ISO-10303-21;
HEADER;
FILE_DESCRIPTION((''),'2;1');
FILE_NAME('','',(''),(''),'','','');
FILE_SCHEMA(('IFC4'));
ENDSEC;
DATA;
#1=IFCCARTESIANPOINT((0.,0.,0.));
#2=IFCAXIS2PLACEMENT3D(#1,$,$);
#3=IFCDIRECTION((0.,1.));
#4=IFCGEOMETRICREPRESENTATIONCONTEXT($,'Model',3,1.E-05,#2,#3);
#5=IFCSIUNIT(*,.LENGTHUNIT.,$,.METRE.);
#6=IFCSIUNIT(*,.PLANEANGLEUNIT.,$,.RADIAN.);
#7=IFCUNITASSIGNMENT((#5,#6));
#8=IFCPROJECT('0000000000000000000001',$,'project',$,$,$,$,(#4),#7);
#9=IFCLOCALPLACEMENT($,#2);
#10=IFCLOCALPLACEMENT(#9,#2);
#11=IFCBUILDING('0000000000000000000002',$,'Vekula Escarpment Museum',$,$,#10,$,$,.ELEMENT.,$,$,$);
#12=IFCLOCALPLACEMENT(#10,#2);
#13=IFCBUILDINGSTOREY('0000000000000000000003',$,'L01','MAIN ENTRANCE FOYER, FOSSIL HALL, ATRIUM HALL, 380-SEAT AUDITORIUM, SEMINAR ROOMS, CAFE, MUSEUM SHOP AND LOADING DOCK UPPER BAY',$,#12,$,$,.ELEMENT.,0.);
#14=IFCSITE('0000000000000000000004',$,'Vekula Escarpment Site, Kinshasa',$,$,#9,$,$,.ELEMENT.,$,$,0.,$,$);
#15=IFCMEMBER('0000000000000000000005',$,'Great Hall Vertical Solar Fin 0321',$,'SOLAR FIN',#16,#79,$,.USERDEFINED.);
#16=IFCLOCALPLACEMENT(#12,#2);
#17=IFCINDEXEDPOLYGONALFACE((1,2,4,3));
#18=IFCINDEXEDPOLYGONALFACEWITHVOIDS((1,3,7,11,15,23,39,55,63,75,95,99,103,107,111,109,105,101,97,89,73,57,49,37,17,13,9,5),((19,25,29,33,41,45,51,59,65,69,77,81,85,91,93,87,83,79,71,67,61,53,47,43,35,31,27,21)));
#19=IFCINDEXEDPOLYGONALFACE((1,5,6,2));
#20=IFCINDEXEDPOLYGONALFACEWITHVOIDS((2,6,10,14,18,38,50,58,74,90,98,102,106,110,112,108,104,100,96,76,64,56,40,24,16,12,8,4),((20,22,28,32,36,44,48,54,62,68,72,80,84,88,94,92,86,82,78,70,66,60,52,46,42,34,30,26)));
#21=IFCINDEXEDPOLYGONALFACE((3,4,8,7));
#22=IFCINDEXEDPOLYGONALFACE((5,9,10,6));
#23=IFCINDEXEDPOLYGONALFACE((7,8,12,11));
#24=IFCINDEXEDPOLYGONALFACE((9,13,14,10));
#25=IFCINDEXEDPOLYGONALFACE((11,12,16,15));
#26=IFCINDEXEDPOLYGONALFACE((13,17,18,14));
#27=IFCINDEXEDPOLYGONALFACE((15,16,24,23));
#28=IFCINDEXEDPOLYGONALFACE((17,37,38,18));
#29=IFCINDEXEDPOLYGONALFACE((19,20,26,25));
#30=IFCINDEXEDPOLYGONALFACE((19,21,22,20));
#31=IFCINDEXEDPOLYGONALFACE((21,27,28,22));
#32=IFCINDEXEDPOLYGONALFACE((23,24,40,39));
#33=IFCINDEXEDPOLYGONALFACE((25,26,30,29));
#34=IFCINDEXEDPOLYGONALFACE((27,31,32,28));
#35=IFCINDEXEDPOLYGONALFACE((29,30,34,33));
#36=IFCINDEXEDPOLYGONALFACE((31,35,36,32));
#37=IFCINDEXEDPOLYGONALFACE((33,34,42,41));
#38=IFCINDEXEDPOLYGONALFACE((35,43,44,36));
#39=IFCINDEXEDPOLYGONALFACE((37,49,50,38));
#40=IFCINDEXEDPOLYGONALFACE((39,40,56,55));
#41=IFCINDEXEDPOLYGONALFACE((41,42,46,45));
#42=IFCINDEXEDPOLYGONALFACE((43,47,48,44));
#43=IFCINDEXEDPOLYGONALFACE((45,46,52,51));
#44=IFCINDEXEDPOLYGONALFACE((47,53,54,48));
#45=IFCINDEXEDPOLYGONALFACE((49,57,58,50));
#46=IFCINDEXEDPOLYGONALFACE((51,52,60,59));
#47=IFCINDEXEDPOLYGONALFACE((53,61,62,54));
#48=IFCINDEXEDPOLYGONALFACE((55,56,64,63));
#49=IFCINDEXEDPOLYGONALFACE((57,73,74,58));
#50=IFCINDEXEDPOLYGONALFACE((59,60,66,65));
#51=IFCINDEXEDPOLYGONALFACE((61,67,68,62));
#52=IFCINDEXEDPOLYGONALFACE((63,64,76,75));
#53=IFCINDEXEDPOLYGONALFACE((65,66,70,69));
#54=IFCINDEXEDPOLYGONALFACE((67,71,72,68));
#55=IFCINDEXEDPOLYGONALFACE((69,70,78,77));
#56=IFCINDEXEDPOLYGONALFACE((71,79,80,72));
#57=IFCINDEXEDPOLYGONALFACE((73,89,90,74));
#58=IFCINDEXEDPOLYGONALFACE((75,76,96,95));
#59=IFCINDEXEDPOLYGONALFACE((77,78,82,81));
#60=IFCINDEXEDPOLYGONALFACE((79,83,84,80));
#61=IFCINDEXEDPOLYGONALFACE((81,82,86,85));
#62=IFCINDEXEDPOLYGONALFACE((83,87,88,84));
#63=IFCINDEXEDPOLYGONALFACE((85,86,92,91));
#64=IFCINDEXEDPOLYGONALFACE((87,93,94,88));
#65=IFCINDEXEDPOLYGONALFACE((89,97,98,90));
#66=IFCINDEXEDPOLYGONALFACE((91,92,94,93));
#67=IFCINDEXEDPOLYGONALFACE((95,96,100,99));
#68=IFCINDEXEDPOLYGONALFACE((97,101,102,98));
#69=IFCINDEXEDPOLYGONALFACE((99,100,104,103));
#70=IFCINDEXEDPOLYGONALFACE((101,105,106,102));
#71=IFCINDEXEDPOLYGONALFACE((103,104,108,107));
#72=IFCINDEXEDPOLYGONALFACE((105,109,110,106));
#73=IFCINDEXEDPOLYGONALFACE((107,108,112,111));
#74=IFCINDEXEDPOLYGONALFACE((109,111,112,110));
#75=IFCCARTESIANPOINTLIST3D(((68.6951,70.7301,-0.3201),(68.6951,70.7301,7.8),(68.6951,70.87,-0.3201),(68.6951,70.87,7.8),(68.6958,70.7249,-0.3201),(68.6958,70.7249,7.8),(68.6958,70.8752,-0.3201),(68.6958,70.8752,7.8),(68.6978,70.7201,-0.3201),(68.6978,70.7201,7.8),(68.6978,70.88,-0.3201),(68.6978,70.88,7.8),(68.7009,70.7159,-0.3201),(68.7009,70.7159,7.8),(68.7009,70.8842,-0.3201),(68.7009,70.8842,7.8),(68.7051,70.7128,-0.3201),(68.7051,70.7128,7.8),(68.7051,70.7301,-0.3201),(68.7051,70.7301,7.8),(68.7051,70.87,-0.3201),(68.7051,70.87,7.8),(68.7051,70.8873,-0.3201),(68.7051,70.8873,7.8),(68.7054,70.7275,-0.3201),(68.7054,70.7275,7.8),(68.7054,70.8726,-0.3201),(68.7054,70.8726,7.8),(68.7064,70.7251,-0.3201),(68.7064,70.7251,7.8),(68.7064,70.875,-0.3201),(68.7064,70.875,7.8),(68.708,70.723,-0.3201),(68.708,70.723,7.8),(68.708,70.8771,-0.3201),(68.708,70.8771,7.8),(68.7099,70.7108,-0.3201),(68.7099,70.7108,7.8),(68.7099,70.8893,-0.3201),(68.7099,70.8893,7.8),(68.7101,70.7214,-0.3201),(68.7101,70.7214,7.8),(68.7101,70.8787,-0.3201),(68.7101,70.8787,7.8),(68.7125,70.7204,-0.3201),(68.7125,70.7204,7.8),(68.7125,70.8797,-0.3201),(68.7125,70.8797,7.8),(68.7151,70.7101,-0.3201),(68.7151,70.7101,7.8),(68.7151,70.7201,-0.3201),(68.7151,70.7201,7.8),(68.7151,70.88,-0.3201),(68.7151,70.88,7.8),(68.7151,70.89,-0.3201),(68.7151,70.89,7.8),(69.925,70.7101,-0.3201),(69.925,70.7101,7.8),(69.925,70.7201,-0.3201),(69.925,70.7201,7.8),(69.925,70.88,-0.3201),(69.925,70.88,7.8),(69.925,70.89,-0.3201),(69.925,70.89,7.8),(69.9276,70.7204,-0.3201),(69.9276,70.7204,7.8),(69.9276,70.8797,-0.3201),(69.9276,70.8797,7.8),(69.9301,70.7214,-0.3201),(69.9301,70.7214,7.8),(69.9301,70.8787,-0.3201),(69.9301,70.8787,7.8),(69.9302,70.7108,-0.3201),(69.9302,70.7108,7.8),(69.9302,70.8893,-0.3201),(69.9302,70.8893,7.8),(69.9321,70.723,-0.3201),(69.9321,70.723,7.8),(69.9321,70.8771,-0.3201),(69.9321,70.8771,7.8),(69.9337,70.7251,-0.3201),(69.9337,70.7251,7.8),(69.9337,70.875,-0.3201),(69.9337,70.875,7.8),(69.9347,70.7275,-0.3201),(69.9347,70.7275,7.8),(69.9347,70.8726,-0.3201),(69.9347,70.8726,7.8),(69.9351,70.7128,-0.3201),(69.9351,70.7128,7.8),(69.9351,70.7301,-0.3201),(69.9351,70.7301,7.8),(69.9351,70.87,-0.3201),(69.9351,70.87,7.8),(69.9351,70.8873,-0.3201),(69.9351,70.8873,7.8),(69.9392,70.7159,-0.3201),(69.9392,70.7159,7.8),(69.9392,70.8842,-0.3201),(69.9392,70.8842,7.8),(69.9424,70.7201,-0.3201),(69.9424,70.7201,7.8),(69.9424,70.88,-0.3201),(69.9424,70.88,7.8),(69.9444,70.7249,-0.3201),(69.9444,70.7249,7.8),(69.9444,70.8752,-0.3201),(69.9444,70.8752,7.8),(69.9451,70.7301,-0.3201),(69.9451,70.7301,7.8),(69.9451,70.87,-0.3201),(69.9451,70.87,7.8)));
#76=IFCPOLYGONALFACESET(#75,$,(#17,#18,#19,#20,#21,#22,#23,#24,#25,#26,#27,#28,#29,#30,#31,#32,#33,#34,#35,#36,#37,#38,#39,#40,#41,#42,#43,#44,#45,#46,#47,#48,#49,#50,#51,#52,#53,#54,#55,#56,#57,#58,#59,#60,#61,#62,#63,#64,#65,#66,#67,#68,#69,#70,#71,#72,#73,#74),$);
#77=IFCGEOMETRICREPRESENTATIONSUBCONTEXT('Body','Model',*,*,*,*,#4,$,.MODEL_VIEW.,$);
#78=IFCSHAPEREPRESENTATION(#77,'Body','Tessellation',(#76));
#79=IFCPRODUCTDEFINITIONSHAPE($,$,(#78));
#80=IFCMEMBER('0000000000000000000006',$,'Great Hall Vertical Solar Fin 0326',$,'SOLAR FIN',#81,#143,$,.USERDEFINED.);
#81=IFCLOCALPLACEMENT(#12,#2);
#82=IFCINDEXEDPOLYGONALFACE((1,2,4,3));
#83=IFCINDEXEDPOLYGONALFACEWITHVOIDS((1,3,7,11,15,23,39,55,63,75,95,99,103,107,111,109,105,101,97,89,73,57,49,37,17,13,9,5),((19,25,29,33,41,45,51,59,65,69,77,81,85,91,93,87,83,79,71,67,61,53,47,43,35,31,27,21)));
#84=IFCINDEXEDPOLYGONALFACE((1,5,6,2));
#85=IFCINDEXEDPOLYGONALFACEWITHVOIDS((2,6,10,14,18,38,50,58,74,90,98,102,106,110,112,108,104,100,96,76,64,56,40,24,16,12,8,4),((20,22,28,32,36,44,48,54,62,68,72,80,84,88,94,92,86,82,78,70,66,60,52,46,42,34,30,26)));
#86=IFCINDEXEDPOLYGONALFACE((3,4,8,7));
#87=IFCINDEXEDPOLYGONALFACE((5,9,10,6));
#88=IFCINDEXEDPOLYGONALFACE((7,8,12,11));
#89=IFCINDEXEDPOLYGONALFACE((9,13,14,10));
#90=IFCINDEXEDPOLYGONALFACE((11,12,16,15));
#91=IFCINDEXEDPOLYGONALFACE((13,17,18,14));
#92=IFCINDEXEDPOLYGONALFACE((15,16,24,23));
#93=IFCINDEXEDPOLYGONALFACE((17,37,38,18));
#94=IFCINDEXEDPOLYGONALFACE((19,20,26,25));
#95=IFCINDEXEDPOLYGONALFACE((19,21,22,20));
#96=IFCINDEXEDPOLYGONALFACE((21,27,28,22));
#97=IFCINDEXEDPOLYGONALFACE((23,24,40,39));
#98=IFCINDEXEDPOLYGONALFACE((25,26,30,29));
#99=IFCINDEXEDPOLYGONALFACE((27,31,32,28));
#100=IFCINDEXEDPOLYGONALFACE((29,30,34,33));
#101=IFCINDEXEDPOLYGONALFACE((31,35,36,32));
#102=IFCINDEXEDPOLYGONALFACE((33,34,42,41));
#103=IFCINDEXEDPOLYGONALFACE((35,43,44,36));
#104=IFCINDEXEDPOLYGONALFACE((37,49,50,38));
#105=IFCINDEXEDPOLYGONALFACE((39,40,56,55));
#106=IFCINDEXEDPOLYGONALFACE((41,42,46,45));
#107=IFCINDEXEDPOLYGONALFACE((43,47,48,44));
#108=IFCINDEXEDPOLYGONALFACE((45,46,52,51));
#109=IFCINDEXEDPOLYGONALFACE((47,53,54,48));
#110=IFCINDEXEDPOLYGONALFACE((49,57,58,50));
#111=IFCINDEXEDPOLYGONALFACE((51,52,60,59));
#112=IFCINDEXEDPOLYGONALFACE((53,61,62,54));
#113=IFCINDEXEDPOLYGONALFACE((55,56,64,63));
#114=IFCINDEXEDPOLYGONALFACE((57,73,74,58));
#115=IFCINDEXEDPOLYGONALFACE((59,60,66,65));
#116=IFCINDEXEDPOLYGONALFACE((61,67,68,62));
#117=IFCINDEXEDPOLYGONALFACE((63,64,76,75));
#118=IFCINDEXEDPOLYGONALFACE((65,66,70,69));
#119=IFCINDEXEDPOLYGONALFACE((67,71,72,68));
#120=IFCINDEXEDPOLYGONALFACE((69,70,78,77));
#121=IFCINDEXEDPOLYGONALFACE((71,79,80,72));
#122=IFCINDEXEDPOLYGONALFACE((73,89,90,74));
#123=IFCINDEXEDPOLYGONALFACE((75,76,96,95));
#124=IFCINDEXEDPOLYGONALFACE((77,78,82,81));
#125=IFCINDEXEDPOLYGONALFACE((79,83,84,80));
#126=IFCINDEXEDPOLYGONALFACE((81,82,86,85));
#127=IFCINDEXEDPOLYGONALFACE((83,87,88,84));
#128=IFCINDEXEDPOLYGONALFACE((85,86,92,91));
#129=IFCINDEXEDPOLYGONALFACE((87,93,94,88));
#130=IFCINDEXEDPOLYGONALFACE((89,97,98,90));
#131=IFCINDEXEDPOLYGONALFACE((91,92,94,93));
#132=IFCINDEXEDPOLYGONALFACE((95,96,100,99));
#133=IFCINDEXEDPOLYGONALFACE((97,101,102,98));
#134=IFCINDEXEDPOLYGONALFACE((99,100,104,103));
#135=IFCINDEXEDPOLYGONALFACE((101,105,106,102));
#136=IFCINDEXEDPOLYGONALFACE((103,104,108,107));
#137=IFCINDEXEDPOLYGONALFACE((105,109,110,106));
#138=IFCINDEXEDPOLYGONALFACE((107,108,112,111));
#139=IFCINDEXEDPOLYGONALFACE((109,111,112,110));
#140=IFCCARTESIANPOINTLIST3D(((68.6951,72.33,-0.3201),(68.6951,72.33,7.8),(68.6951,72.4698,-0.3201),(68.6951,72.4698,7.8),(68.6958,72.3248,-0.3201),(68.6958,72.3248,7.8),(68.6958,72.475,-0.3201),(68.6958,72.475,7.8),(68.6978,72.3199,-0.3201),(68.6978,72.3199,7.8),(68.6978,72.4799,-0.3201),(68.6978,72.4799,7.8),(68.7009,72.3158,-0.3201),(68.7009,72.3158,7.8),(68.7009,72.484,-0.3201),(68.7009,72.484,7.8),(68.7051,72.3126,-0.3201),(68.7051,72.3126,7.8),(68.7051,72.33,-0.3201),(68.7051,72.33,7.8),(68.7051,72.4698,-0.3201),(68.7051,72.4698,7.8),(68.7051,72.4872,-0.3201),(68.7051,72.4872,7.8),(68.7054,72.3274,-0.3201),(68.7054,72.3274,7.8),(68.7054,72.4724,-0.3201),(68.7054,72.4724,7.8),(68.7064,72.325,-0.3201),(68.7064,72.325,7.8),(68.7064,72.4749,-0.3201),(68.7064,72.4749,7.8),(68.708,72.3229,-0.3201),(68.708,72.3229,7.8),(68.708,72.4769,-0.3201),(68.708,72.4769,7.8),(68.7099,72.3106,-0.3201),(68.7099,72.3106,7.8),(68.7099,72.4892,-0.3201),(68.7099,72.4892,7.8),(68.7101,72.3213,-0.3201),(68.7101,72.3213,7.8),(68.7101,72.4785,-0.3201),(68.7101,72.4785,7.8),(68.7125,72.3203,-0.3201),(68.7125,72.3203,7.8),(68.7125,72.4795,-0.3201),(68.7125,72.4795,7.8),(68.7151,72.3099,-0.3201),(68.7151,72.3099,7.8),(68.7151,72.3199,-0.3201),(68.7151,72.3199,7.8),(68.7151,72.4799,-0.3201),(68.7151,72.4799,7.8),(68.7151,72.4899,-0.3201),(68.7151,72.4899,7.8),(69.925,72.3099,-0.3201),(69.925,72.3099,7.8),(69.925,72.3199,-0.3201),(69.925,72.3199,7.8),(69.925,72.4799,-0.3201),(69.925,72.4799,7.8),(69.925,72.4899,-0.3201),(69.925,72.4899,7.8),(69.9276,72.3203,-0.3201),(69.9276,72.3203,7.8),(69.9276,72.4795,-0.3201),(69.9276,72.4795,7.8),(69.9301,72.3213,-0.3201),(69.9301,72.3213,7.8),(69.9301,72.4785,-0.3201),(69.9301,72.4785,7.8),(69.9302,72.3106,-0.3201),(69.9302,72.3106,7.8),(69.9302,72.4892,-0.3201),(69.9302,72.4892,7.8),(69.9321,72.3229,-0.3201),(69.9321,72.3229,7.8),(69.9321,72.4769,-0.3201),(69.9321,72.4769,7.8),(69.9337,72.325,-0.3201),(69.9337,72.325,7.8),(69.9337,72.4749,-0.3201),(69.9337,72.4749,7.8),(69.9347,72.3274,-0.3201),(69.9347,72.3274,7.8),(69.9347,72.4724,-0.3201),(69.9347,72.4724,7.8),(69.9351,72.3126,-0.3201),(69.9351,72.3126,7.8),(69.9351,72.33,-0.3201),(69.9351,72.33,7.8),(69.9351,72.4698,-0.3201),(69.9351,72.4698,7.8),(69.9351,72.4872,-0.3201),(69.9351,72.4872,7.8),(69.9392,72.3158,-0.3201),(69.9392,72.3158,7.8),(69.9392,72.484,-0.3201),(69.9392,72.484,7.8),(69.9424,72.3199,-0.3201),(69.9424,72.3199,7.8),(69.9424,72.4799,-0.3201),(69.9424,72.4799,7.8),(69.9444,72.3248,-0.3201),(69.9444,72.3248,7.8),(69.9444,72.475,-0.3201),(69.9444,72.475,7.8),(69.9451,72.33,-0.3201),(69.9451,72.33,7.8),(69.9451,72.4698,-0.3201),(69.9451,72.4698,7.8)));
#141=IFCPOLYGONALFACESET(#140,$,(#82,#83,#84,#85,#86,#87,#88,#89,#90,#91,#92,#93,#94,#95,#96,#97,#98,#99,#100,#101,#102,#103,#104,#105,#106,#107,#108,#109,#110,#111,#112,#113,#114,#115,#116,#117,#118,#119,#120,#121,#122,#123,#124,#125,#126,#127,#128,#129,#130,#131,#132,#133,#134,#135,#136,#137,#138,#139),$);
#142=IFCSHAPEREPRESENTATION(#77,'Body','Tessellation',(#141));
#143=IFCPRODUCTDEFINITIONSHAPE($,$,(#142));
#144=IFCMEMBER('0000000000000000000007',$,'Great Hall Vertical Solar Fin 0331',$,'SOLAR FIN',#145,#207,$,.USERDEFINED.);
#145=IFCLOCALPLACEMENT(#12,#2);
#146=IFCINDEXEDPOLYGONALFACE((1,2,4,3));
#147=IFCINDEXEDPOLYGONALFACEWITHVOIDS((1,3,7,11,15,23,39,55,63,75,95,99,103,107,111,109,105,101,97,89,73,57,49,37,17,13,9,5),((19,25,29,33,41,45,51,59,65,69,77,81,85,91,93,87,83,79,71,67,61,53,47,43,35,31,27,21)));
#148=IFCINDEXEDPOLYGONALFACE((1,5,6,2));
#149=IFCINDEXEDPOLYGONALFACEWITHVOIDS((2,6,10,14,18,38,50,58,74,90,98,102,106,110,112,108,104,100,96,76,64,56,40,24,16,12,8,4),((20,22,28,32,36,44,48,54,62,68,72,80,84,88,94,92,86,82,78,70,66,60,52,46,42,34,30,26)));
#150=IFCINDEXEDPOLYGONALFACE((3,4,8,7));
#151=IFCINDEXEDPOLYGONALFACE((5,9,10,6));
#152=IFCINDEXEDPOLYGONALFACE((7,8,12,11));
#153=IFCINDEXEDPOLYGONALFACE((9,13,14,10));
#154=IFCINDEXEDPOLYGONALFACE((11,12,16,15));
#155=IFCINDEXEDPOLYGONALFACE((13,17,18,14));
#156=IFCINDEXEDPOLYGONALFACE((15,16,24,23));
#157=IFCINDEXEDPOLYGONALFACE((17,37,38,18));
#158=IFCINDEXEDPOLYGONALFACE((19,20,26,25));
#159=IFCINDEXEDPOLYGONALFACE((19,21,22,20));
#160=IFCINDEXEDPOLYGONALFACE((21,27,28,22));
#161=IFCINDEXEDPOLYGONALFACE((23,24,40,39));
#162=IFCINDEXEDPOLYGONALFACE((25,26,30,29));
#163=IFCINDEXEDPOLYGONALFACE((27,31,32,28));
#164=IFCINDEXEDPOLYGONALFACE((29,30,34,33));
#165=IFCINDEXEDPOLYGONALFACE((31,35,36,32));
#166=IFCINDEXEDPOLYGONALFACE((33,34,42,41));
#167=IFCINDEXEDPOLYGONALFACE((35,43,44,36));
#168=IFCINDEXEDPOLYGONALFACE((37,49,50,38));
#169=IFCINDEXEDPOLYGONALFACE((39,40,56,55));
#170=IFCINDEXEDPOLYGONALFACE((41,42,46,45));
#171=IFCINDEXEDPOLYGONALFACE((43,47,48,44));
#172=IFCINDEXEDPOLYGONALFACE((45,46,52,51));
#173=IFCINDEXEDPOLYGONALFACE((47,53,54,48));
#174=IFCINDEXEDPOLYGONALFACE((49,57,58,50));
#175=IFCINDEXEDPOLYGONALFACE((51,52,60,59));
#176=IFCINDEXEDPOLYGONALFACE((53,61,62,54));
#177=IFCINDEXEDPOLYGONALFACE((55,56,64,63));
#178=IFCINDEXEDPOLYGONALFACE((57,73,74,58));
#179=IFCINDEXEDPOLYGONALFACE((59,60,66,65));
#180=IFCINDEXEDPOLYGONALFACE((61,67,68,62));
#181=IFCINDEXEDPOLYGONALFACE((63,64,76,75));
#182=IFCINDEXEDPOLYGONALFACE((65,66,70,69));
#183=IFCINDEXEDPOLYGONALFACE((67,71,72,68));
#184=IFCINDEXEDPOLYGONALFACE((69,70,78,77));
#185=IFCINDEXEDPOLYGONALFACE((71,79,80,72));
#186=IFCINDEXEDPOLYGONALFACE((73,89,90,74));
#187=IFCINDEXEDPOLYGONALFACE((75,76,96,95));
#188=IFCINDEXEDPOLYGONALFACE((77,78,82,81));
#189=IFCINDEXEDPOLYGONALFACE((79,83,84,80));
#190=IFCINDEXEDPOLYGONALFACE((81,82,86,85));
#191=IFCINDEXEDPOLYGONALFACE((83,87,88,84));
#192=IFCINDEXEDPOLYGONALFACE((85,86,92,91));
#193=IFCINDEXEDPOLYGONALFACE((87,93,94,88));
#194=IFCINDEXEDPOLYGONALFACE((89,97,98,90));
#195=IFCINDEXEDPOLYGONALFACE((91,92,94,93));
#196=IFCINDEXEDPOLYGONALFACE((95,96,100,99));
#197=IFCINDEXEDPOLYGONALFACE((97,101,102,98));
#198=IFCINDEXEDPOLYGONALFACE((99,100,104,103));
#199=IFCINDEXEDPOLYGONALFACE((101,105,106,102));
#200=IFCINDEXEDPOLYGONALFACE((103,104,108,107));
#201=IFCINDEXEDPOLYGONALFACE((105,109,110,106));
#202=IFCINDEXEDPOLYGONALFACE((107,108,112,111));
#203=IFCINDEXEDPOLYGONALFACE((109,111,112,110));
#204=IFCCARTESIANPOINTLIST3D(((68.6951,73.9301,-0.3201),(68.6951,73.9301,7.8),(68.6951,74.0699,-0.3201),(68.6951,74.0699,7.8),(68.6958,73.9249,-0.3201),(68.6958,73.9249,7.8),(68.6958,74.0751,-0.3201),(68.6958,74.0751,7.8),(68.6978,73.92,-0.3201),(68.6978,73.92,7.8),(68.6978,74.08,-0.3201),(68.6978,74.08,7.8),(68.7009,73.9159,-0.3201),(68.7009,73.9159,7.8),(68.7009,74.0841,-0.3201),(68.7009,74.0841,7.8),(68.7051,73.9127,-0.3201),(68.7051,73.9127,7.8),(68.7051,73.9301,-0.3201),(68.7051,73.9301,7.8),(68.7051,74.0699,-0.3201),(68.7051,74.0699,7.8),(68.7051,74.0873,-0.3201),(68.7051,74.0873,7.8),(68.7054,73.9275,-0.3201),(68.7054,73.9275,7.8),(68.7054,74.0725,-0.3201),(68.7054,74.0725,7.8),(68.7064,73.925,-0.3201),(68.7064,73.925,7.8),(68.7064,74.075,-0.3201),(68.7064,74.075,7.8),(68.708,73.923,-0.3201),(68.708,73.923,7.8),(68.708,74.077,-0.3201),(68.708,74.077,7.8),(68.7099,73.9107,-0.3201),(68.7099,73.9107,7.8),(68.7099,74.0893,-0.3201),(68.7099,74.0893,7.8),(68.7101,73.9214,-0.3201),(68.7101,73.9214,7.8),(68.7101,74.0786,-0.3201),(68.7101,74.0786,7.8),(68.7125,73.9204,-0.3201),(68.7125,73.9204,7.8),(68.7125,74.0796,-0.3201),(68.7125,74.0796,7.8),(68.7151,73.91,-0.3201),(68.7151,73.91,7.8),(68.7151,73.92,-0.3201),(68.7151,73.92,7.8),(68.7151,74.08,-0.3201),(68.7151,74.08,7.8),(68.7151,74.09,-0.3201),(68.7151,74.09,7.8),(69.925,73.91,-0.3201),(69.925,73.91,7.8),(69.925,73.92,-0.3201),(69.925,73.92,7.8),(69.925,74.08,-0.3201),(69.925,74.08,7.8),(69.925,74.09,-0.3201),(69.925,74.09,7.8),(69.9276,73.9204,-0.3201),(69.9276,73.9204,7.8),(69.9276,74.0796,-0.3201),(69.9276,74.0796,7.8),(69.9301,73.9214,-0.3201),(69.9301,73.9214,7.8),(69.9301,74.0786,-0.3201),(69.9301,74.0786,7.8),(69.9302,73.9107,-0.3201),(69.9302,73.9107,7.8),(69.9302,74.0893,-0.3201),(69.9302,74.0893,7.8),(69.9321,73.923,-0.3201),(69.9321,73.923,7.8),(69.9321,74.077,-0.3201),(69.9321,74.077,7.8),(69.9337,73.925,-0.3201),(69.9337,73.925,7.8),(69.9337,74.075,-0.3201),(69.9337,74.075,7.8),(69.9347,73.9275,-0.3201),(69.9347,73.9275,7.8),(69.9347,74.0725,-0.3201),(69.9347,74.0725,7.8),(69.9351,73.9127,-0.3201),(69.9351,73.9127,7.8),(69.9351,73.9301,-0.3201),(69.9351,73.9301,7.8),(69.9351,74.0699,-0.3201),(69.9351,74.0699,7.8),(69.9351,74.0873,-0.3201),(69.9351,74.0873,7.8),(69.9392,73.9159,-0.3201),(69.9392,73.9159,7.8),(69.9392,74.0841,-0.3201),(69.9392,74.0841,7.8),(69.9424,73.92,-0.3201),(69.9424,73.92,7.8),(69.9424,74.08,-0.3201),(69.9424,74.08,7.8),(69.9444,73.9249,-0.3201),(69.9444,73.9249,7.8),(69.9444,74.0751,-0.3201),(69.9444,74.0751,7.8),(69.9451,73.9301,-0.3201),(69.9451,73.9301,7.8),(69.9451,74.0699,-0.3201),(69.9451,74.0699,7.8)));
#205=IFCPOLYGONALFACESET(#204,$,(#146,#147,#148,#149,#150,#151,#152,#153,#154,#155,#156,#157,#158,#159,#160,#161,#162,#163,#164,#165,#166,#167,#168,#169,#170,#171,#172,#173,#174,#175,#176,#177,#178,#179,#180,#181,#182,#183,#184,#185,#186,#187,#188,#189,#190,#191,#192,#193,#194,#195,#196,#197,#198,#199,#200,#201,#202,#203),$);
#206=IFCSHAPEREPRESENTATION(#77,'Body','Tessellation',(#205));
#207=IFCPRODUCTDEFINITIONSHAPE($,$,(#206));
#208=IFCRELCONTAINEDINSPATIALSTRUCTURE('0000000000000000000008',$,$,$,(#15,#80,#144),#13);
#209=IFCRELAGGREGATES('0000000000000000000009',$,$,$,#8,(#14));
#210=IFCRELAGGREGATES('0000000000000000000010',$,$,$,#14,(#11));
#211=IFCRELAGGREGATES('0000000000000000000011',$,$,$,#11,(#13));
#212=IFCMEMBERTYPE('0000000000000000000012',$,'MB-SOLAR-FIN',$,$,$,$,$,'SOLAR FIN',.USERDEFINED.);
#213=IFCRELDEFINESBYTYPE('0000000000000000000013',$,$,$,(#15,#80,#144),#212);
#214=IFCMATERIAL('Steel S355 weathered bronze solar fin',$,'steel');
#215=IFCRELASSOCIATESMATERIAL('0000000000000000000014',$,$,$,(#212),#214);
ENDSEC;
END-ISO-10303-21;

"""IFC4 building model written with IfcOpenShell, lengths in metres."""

from ifc_helpers import new_model, si_unit, direction, frame, origin, origin_2d, place, context, subcontext, project, spatial, hollow_rectangle, extrude, material, material_profile, profile_set, type_object, element, save


model = new_model("IFC4")

# Units and contexts
model_context = context("Model", 3, precision=1e-05, world=origin(), true_north=direction((0.0, 1.0)))
body_context = subcontext(model_context, "Body", "Model", "MODEL_VIEW")
ifc_project = project(units=[si_unit("LENGTHUNIT", "METRE"), si_unit("PLANEANGLEUNIT", "RADIAN")], contexts=[model_context])

# Site, building, storey
site_placement = place(None, origin())
site = spatial("IfcSite", under=ifc_project, at=site_placement, Name="Vekula Escarpment Site, Kinshasa", CompositionType="ELEMENT", RefElevation=0.0)
building_placement = place(site_placement, origin())
building = spatial("IfcBuilding", under=site, at=building_placement, Name="Vekula Escarpment Museum", CompositionType="ELEMENT")
storey_placement = place(building_placement, origin())
storey = spatial("IfcBuildingStorey", under=building, at=storey_placement, Name="L01", Description="MAIN ENTRANCE FOYER, FOSSIL HALL, ATRIUM HALL, 380-SEAT AUDITORIUM, SEMINAR ROOMS, CAFE, MUSEUM SHOP AND LOADING DOCK UPPER BAY", CompositionType="ELEMENT", Elevation=0.0)

# Members
ifc_material_1 = material(Name="Steel S355 weathered bronze solar fin", Category="steel")
ifc_material_profile_1 = material_profile(ifc_material_1, hollow_rectangle(XDim=0.1799, YDim=1.25, WallThickness=0.01, InnerFilletRadius=0.01, OuterFilletRadius=0.02, at=origin_2d()), Name="RHS 1250x180x10")
ifc_profile_set_1 = profile_set([ifc_material_profile_1], Name="Steel S355 weathered bronze solar fin")
member_type = type_object("IfcMemberType", Name="MB-SOLAR-FIN", ElementType="SOLAR FIN", PredefinedType="USERDEFINED", material=ifc_profile_set_1)
for number, where, z_axis, x_axis, name in (
    (1, (69.3201, 70.8, -0.3201), (0.0, 0.0, 1.0), (0.0, 1.0, 0.0), "Great Hall Vertical Solar Fin 0321"),
    (2, (69.3201, 72.3999, -0.3201), (0.0, 0.0, 1.0), (0.0, 1.0, 0.0), "Great Hall Vertical Solar Fin 0326"),
    (3, (69.3201, 74.0, -0.3201), (0.0, 0.0, 1.0), (0.0, 1.0, 0.0), "Great Hall Vertical Solar Fin 0331"),
):
    element("IfcMember", number, at=place(storey_placement, frame(where, z_axis=z_axis, x_axis=x_axis)), inside=storey, type_object=member_type, Name=name, ObjectType="SOLAR FIN", PredefinedType="USERDEFINED", context=body_context, shape_type="SweptSolid", body=[
        extrude(hollow_rectangle(XDim=0.1799, YDim=1.25, WallThickness=0.01, InnerFilletRadius=0.01, OuterFilletRadius=0.02, at=origin_2d()), origin(), (0.0, 0.0, 1.0), 8.1201),
    ])

save(model, "model.ifc")
